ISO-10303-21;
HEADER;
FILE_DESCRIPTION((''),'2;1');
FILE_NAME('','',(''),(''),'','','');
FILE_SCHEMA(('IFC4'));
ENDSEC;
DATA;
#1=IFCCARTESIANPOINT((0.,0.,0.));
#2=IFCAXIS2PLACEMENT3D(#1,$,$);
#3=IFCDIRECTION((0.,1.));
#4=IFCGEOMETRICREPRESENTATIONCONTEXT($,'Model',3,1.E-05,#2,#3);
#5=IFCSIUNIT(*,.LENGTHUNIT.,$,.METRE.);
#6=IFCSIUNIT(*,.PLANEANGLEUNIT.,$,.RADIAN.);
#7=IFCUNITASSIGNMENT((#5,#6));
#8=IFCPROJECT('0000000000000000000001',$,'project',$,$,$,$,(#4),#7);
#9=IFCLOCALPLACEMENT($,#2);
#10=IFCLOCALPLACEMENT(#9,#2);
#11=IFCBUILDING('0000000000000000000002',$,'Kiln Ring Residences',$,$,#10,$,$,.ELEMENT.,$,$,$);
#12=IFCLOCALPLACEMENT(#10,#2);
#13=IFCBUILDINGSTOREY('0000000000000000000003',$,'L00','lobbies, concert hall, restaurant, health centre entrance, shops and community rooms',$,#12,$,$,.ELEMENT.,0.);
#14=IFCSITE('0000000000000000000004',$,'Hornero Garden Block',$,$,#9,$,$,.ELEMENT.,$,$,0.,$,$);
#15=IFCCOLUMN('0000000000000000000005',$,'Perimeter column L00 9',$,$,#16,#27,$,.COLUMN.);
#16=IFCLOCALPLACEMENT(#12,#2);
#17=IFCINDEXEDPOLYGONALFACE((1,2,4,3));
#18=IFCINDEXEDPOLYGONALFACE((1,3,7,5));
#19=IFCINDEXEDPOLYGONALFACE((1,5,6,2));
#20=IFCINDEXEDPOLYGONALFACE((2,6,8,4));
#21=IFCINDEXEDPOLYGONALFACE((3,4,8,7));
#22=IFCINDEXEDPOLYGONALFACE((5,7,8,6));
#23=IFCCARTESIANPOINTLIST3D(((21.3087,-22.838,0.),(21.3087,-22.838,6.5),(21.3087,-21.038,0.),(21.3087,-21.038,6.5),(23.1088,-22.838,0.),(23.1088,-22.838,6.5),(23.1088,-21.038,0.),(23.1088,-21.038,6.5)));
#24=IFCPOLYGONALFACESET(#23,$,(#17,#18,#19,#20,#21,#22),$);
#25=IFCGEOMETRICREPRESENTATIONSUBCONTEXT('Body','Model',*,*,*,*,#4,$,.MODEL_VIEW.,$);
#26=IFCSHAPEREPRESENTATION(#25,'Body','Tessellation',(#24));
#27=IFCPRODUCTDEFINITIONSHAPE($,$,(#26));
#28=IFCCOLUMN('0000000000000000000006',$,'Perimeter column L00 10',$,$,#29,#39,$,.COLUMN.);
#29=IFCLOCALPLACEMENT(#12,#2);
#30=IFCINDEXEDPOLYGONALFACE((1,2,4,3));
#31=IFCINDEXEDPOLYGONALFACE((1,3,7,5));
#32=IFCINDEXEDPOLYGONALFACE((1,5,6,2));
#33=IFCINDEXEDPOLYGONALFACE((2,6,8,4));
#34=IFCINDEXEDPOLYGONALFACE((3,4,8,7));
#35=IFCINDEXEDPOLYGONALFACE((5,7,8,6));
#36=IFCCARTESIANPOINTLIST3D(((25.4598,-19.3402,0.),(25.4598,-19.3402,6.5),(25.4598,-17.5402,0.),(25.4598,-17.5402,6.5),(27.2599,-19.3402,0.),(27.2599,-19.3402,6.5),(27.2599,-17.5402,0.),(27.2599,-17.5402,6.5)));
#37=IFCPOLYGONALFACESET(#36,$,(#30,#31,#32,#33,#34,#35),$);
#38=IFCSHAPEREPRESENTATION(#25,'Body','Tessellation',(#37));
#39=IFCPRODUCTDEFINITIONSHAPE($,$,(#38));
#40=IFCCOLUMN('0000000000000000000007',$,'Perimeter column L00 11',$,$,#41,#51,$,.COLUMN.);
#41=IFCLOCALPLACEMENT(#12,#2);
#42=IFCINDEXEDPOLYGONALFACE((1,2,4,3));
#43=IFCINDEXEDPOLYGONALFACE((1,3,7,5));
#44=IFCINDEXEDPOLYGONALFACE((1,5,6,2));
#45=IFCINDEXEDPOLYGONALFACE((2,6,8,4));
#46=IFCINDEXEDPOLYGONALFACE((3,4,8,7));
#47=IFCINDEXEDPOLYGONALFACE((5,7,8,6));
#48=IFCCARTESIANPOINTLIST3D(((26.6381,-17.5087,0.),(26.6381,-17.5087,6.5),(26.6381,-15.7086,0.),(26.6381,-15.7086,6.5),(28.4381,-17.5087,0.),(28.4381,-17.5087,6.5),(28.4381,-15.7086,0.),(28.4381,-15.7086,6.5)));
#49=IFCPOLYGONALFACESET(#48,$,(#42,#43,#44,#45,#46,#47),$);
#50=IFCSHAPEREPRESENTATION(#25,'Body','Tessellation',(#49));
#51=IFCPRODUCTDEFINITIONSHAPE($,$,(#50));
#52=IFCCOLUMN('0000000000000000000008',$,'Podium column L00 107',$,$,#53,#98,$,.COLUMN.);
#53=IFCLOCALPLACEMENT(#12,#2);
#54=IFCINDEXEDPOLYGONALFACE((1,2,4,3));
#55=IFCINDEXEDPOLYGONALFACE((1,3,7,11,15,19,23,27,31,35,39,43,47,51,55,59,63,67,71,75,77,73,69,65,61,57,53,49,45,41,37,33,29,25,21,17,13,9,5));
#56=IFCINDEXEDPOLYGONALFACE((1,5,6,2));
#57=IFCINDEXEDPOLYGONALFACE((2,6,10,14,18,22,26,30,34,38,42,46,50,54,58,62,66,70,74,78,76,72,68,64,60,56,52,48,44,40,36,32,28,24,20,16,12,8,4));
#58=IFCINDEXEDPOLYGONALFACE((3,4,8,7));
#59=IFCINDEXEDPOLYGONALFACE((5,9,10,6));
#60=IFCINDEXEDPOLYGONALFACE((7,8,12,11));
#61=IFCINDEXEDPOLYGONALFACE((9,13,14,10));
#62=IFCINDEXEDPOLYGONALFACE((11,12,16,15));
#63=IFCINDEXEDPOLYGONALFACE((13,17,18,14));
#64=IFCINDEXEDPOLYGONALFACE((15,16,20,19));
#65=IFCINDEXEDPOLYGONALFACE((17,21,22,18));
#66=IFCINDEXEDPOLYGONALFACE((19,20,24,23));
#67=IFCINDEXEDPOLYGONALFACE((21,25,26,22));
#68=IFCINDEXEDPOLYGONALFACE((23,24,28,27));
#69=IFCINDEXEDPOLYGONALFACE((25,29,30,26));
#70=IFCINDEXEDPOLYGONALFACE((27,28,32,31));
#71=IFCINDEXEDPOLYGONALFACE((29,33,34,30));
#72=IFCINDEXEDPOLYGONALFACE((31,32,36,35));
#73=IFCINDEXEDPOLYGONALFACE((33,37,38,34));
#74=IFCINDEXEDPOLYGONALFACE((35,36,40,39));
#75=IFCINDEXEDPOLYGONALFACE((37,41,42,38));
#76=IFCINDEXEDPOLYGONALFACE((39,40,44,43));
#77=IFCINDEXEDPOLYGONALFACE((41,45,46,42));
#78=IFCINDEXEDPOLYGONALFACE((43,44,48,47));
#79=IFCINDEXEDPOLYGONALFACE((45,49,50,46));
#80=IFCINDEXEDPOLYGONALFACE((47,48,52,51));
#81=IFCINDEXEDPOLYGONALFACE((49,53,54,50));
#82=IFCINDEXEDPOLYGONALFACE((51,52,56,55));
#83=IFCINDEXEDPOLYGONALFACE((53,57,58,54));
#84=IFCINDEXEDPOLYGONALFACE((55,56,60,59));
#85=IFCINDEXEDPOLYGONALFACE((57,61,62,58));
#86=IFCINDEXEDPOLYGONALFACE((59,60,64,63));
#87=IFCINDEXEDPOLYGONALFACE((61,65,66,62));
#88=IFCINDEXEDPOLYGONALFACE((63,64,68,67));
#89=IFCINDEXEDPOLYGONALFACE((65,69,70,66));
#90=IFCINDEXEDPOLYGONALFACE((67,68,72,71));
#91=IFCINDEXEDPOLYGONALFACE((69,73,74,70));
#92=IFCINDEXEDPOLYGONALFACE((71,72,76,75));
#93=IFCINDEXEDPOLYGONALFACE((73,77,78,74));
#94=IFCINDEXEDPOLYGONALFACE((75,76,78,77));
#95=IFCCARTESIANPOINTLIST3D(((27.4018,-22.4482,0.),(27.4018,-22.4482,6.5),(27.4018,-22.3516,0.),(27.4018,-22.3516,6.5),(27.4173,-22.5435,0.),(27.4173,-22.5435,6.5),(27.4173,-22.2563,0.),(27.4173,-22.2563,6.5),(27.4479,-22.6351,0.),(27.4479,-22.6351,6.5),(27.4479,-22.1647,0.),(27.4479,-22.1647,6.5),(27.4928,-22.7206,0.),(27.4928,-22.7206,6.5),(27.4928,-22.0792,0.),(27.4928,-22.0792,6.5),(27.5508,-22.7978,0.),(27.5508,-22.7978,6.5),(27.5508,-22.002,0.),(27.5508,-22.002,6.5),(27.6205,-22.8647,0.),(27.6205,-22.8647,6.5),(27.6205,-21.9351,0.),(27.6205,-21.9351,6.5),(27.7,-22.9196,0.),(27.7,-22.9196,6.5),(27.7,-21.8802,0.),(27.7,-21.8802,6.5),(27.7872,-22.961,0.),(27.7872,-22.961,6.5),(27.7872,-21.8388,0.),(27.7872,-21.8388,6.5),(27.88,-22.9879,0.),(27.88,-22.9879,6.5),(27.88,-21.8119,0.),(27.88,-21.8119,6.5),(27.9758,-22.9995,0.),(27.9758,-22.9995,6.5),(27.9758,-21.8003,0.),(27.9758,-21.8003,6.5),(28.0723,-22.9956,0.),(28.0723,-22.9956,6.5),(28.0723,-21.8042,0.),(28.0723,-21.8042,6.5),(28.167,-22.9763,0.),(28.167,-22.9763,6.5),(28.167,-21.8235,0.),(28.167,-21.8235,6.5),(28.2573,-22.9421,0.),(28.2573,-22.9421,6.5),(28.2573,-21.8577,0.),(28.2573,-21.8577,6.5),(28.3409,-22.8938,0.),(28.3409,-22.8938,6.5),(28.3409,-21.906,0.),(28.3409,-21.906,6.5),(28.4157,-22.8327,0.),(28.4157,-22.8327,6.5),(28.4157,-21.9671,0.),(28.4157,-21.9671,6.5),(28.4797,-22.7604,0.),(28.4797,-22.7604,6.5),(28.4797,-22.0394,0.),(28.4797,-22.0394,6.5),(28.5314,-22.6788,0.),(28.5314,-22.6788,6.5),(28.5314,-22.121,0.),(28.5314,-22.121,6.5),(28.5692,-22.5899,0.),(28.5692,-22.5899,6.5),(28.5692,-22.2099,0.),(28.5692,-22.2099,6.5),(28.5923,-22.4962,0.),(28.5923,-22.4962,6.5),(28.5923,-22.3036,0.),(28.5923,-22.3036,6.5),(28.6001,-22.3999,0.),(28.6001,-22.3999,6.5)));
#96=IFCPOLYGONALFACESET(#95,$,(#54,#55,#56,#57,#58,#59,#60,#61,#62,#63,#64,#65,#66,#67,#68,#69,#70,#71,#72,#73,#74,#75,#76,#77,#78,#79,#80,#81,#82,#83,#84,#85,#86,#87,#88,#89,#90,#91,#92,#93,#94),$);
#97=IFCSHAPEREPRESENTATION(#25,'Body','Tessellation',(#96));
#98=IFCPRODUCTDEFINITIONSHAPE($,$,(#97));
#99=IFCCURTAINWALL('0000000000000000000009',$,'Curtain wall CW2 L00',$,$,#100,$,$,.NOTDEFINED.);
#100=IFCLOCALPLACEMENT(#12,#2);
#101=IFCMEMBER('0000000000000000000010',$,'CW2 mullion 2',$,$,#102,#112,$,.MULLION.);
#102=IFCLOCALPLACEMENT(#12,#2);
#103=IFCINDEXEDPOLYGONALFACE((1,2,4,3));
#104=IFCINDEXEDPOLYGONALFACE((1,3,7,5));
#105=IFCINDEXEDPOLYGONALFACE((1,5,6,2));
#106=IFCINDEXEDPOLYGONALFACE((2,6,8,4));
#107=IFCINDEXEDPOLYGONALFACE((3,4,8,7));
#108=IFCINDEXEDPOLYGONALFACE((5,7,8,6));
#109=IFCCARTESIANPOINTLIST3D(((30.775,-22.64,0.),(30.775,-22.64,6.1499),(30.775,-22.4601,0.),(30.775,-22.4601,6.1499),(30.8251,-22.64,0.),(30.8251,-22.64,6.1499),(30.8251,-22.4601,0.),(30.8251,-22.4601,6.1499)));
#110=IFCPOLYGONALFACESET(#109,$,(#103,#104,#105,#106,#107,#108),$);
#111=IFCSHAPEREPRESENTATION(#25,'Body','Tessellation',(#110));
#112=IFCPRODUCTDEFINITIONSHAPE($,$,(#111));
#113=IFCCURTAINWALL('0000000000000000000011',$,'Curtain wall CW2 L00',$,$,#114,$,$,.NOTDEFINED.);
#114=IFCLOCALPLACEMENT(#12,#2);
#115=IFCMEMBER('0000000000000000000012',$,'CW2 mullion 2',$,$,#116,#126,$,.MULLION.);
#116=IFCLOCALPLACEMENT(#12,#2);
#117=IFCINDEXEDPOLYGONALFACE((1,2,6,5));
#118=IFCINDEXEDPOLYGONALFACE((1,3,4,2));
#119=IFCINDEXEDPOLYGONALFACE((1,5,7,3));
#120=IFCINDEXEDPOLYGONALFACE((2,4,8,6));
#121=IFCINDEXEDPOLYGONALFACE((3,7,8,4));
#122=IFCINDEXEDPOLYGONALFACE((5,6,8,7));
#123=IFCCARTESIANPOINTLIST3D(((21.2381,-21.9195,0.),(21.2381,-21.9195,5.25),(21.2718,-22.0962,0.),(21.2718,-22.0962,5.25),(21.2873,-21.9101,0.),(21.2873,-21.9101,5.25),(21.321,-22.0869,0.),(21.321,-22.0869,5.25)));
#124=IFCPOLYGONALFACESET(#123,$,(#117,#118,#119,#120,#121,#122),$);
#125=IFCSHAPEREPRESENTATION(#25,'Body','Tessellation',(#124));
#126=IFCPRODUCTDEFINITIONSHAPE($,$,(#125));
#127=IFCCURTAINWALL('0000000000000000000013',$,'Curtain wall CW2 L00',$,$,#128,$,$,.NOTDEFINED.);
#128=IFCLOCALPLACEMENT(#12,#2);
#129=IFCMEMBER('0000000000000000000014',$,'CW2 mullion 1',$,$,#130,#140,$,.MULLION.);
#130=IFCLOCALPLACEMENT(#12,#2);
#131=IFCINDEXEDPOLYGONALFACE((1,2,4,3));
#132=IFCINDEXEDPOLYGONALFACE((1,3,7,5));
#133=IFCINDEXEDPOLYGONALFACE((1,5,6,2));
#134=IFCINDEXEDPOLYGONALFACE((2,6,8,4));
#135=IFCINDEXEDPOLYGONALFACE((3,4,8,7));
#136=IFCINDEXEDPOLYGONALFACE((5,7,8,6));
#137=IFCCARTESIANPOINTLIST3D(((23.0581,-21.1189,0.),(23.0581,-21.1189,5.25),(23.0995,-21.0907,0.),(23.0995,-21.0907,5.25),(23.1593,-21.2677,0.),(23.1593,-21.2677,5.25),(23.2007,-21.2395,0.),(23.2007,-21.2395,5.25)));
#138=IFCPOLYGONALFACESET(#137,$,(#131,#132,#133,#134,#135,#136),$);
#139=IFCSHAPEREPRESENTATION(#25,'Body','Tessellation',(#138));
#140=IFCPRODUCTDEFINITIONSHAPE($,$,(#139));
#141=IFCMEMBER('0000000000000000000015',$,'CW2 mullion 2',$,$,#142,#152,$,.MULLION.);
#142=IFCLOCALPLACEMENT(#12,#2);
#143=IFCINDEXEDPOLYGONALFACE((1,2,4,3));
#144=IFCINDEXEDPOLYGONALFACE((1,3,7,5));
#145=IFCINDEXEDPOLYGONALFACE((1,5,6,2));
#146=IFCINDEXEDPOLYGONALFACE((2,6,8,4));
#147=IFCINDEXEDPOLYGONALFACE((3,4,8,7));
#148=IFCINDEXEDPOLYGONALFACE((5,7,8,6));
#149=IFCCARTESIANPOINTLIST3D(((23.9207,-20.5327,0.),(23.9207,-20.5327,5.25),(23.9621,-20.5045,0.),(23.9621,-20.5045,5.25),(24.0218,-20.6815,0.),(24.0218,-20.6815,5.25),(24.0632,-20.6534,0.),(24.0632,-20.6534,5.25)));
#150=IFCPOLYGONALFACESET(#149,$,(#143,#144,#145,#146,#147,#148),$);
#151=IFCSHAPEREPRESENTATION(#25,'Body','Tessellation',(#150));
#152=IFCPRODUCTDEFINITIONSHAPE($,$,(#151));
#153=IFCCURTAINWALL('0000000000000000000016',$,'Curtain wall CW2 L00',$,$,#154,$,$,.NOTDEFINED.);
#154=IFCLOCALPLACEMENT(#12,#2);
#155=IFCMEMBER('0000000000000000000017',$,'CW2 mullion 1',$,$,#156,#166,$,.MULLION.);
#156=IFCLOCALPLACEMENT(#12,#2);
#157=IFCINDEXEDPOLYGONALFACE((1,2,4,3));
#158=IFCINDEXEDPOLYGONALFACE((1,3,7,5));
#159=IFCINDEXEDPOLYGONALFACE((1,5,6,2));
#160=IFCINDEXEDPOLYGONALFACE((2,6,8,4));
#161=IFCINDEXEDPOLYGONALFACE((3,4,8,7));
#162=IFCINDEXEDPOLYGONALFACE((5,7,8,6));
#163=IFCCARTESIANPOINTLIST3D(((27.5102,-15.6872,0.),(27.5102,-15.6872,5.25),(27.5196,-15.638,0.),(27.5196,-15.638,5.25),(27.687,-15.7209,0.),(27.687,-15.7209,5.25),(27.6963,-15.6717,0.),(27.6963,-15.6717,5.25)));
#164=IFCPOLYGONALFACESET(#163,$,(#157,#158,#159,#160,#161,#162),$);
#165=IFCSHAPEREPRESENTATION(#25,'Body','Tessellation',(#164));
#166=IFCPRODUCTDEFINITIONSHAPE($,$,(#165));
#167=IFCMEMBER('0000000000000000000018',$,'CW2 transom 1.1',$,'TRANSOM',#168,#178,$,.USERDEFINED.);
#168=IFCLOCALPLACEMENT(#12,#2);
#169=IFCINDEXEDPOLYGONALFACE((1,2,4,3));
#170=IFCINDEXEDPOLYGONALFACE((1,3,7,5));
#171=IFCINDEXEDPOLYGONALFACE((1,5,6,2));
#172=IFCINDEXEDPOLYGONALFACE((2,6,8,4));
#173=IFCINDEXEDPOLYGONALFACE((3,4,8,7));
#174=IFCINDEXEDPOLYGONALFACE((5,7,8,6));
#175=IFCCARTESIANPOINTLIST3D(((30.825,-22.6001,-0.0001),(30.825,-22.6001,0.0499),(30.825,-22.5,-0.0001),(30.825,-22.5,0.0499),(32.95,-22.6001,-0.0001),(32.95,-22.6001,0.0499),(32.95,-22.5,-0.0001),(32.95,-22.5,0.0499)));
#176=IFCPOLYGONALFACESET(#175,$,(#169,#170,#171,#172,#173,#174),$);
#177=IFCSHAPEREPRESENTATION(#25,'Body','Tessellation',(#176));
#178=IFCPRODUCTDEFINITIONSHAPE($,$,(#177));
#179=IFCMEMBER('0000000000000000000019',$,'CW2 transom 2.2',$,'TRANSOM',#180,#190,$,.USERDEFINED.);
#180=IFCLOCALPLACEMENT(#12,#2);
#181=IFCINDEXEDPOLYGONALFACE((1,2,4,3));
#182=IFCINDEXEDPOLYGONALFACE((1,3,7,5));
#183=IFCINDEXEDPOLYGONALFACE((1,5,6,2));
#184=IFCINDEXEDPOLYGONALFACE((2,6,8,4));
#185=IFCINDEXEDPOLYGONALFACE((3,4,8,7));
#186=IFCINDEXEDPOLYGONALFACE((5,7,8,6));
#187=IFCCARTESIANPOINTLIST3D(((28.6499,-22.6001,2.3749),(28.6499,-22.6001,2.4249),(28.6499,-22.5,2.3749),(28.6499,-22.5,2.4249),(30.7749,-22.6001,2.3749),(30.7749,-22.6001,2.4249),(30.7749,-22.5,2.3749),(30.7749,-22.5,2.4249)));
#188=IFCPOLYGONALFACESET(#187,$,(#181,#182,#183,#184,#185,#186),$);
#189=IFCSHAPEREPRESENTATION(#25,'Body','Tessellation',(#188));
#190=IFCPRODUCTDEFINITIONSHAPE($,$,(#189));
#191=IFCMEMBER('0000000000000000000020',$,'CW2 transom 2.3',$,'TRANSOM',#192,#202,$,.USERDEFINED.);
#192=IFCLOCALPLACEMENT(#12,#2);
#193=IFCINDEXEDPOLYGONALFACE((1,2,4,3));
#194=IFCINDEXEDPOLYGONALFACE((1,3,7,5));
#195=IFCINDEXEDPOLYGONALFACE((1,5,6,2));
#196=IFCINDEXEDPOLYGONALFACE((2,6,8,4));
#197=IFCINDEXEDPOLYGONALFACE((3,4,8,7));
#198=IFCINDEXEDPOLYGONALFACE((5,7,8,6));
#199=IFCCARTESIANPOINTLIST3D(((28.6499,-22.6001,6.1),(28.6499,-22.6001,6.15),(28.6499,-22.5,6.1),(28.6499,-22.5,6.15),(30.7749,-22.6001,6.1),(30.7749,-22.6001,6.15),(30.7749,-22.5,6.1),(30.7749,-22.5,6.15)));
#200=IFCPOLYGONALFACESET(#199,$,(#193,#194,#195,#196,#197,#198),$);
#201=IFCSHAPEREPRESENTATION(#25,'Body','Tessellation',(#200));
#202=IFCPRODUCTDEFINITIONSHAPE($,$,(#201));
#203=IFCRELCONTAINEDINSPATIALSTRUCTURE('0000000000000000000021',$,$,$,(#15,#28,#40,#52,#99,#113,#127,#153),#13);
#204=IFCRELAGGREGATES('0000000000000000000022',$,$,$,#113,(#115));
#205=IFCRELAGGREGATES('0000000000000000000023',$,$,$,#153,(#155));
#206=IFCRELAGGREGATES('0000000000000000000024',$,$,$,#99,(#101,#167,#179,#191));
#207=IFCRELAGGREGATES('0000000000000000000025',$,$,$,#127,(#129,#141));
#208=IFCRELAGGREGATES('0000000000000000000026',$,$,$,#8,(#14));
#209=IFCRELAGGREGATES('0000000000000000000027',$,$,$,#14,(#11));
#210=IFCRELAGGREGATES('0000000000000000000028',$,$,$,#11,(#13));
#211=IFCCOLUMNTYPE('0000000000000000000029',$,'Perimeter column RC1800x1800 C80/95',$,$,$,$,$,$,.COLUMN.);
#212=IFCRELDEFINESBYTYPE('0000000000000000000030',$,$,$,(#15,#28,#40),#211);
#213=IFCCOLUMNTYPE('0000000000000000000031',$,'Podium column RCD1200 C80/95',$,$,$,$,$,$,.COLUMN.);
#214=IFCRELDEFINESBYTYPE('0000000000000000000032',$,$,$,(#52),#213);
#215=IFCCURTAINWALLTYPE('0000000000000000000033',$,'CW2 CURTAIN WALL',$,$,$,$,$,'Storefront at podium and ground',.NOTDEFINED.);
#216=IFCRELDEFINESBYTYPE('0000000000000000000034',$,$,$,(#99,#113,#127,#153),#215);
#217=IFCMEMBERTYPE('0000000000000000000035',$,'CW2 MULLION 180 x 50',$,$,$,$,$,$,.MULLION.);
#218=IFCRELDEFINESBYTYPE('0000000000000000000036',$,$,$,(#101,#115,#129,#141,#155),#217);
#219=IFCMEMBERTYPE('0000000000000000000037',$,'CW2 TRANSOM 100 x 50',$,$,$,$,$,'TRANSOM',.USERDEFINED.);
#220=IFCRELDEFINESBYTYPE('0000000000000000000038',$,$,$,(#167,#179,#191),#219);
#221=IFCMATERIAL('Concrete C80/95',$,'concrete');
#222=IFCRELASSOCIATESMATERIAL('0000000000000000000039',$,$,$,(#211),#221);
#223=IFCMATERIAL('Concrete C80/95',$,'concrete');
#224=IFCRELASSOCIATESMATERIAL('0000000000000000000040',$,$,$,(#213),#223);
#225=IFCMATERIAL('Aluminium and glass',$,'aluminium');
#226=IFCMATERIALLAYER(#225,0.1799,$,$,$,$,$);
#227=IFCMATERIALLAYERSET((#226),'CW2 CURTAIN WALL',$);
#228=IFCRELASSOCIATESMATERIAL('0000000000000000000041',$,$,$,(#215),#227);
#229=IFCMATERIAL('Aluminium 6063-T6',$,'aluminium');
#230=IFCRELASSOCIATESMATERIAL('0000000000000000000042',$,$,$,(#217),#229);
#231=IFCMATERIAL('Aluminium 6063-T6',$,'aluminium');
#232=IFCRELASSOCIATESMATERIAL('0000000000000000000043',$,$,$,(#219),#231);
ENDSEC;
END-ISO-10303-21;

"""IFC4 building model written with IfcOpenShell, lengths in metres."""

from ifc_helpers import new_model, si_unit, direction, frame, origin, origin_2d, place, context, subcontext, project, spatial, rectangle, circle, extrude, material, layer, layer_set, material_profile, profile_set, type_object, element, aggregate, save


model = new_model("IFC4")

# Units and contexts
model_context = context("Model", 3, precision=1e-05, world=origin(), true_north=direction((0.0, 1.0)))
body_context = subcontext(model_context, "Body", "Model", "MODEL_VIEW")
ifc_project = project(units=[si_unit("LENGTHUNIT", "METRE"), si_unit("PLANEANGLEUNIT", "RADIAN")], contexts=[model_context])

# Site, building, storey
site_placement = place(None, origin())
site = spatial("IfcSite", under=ifc_project, at=site_placement, Name="Hornero Garden Block", CompositionType="ELEMENT", RefElevation=0.0)
building_placement = place(site_placement, origin())
building = spatial("IfcBuilding", under=site, at=building_placement, Name="Kiln Ring Residences", CompositionType="ELEMENT")
storey_placement = place(building_placement, origin())
storey = spatial("IfcBuildingStorey", under=building, at=storey_placement, Name="L00", Description="lobbies, concert hall, restaurant, health centre entrance, shops and community rooms", CompositionType="ELEMENT", Elevation=0.0)

# Columns
ifc_material_1 = material(Name="Concrete C80/95", Category="concrete")
ifc_material_profile_1 = material_profile(ifc_material_1, rectangle(XDim=1.8, YDim=1.8, at=origin_2d()), Name="RC1800x1800")
ifc_profile_set_1 = profile_set([ifc_material_profile_1], Name="Concrete C80/95")
column_type_1 = type_object("IfcColumnType", Name="Perimeter column RC1800x1800 C80/95", PredefinedType="COLUMN", material=ifc_profile_set_1)
for number, where, z_axis, x_axis, name in (
    (1, (22.2087, -21.938, 0.0), (0.0, 0.0, 1.0), (1.0, 0.0, 0.0), "Perimeter column L00 9"),
    (2, (26.3599, -18.4402, 0.0), (0.0, 0.0, 1.0), (1.0, 0.0, 0.0), "Perimeter column L00 10"),
    (3, (27.5381, -16.6086, 0.0), (0.0, 0.0, 1.0), (1.0, 0.0, 0.0), "Perimeter column L00 11"),
):
    element("IfcColumn", number, at=place(storey_placement, frame(where, z_axis=z_axis, x_axis=x_axis)), inside=storey, type_object=column_type_1, Name=name, PredefinedType="COLUMN", context=body_context, shape_type="SweptSolid", body=[
        extrude(rectangle(XDim=1.8, YDim=1.8, at=origin_2d()), origin(), (0.0, 0.0, 1.0), 6.5),
    ])
ifc_material_2 = material(Name="Concrete C80/95", Category="concrete")
ifc_material_profile_2 = material_profile(ifc_material_2, circle(Radius=0.6001, at=origin_2d()), Name="RCD1200")
ifc_profile_set_2 = profile_set([ifc_material_profile_2], Name="Concrete C80/95")
column_type_2 = type_object("IfcColumnType", Name="Podium column RCD1200 C80/95", PredefinedType="COLUMN", material=ifc_profile_set_2)
column_placement = place(storey_placement, frame((28.0, -22.3999, 0.0), z_axis=(0.0, 0.0, 1.0), x_axis=(1.0, 0.0, 0.0)))
element("IfcColumn", 4, at=column_placement, inside=storey, type_object=column_type_2, Name="Podium column L00 107", PredefinedType="COLUMN", context=body_context, shape_type="SweptSolid", body=[
    extrude(circle(Radius=0.6001, at=origin_2d()), origin(), (0.0, 0.0, 1.0), 6.5),
])

# Curtain walls, members
ifc_material_3 = material(Name="Aluminium and glass", Category="aluminium")
ifc_layer_1 = layer(ifc_material_3, 0.1799)
ifc_layer_set_1 = layer_set([ifc_layer_1], Name="CW2 CURTAIN WALL")
curtain_wall_type = type_object("IfcCurtainWallType", Name="CW2 CURTAIN WALL", ElementType="Storefront at podium and ground", PredefinedType="NOTDEFINED", material=ifc_layer_set_1)
placement = place(storey_placement, origin())
curtain_wall_1 = element("IfcCurtainWall", 5, at=placement, inside=storey, type_object=curtain_wall_type, Name="Curtain wall CW2 L00", PredefinedType="NOTDEFINED")
ifc_material_4 = material(Name="Aluminium 6063-T6", Category="aluminium")
ifc_material_profile_3 = material_profile(ifc_material_4, rectangle(XDim=0.1799, YDim=0.05, at=origin_2d()), Name="AL 180x50")
ifc_profile_set_3 = profile_set([ifc_material_profile_3], Name="Aluminium 6063-T6")
member_type_1 = type_object("IfcMemberType", Name="CW2 MULLION 180 x 50", PredefinedType="MULLION", material=ifc_profile_set_3)
member_1_placement = place(storey_placement, frame((30.8, -22.55, 0.0), z_axis=(0.0, 0.0, 1.0), x_axis=(0.0, -1.0, 0.0)))
member_1 = element("IfcMember", 6, at=member_1_placement, type_object=member_type_1, Name="CW2 mullion 2", PredefinedType="MULLION", context=body_context, shape_type="SweptSolid", body=[
    extrude(rectangle(XDim=0.1799, YDim=0.05, at=origin_2d()), origin(), (0.0, 0.0, 1.0), 6.1499),
])
curtain_wall_2 = element("IfcCurtainWall", 7, at=placement, inside=storey, type_object=curtain_wall_type, Name="Curtain wall CW2 L00", PredefinedType="NOTDEFINED")
member_2_placement = place(storey_placement, frame((21.2795, -22.0032, 0.0), z_axis=(0.0, 0.0, 1.0), x_axis=(-0.187366, 0.98229, 0.0)))
member_2 = element("IfcMember", 8, at=member_2_placement, type_object=member_type_1, Name="CW2 mullion 2", PredefinedType="MULLION", context=body_context, shape_type="SweptSolid", body=[
    extrude(rectangle(XDim=0.1799, YDim=0.05, at=origin_2d()), origin(), (0.0, 0.0, 1.0), 5.25),
])
aggregate(curtain_wall_2, [member_2])

# Curtain wall, members
curtain_wall_3 = element("IfcCurtainWall", 9, at=placement, inside=storey, type_object=curtain_wall_type, Name="Curtain wall CW2 L00", PredefinedType="NOTDEFINED")
member_3_placement = place(storey_placement, frame((23.1294, -21.1792, 0.0), z_axis=(0.0, 0.0, 1.0), x_axis=(-0.562097, 0.827072, 0.0)))
member_3 = element("IfcMember", 10, at=member_3_placement, type_object=member_type_1, Name="CW2 mullion 1", PredefinedType="MULLION", context=body_context, shape_type="SweptSolid", body=[
    extrude(rectangle(XDim=0.1799, YDim=0.05, at=origin_2d()), origin(), (0.0, 0.0, 1.0), 5.25),
])
member_4_placement = place(storey_placement, frame((23.9919, -20.593, 0.0), z_axis=(0.0, 0.0, 1.0), x_axis=(-0.562097, 0.827072, 0.0)))
member_4 = element("IfcMember", 11, at=member_4_placement, type_object=member_type_1, Name="CW2 mullion 2", PredefinedType="MULLION", context=body_context, shape_type="SweptSolid", body=[
    extrude(rectangle(XDim=0.1799, YDim=0.05, at=origin_2d()), origin(), (0.0, 0.0, 1.0), 5.25),
])

# Curtain wall, member
curtain_wall_4 = element("IfcCurtainWall", 12, at=placement, inside=storey, type_object=curtain_wall_type, Name="Curtain wall CW2 L00", PredefinedType="NOTDEFINED")
member_5_placement = place(storey_placement, frame((27.6033, -15.6794, 0.0), z_axis=(0.0, 0.0, 1.0), x_axis=(-0.98229, 0.187366, 0.0)))
member_5 = element("IfcMember", 13, at=member_5_placement, type_object=member_type_1, Name="CW2 mullion 1", PredefinedType="MULLION", context=body_context, shape_type="SweptSolid", body=[
    extrude(rectangle(XDim=0.1799, YDim=0.05, at=origin_2d()), origin(), (0.0, 0.0, 1.0), 5.25),
])

# Members
ifc_material_5 = material(Name="Aluminium 6063-T6", Category="aluminium")
ifc_material_profile_4 = material_profile(ifc_material_5, rectangle(XDim=0.1001, YDim=0.05, at=origin_2d()), Name="AL 100x50")
ifc_profile_set_4 = profile_set([ifc_material_profile_4], Name="Aluminium 6063-T6")
member_type_2 = type_object("IfcMemberType", Name="CW2 TRANSOM 100 x 50", ElementType="TRANSOM", PredefinedType="USERDEFINED", material=ifc_profile_set_4)
member_6_placement = place(storey_placement, frame((32.95, -22.55, 0.0249), z_axis=(-1.0, 0.0, 0.0), x_axis=(0.0, -1.0, 0.0)))
member_6 = element("IfcMember", 14, at=member_6_placement, type_object=member_type_2, Name="CW2 transom 1.1", ObjectType="TRANSOM", PredefinedType="USERDEFINED", context=body_context, shape_type="SweptSolid", body=[
    extrude(rectangle(XDim=0.1001, YDim=0.05, at=origin_2d()), origin(), (0.0, 0.0, 1.0), 2.125),
])
member_7_placement = place(storey_placement, frame((30.7749, -22.55, 2.3999), z_axis=(-1.0, 0.0, 0.0), x_axis=(0.0, -1.0, 0.0)))
member_7 = element("IfcMember", 15, at=member_7_placement, type_object=member_type_2, Name="CW2 transom 2.2", ObjectType="TRANSOM", PredefinedType="USERDEFINED", context=body_context, shape_type="SweptSolid", body=[
    extrude(rectangle(XDim=0.1001, YDim=0.05, at=origin_2d()), origin(), (0.0, 0.0, 1.0), 2.125),
])
member_8_placement = place(storey_placement, frame((30.7749, -22.55, 6.125), z_axis=(-1.0, 0.0, 0.0), x_axis=(0.0, -1.0, 0.0)))
member_8 = element("IfcMember", 16, at=member_8_placement, type_object=member_type_2, Name="CW2 transom 2.3", ObjectType="TRANSOM", PredefinedType="USERDEFINED", context=body_context, shape_type="SweptSolid", body=[
    extrude(rectangle(XDim=0.1001, YDim=0.05, at=origin_2d()), origin(), (0.0, 0.0, 1.0), 2.125),
])
aggregate(curtain_wall_4, [member_5])

aggregate(curtain_wall_1, [member_1, member_6, member_7, member_8])
aggregate(curtain_wall_3, [member_3, member_4])

save(model, "model.ifc")
